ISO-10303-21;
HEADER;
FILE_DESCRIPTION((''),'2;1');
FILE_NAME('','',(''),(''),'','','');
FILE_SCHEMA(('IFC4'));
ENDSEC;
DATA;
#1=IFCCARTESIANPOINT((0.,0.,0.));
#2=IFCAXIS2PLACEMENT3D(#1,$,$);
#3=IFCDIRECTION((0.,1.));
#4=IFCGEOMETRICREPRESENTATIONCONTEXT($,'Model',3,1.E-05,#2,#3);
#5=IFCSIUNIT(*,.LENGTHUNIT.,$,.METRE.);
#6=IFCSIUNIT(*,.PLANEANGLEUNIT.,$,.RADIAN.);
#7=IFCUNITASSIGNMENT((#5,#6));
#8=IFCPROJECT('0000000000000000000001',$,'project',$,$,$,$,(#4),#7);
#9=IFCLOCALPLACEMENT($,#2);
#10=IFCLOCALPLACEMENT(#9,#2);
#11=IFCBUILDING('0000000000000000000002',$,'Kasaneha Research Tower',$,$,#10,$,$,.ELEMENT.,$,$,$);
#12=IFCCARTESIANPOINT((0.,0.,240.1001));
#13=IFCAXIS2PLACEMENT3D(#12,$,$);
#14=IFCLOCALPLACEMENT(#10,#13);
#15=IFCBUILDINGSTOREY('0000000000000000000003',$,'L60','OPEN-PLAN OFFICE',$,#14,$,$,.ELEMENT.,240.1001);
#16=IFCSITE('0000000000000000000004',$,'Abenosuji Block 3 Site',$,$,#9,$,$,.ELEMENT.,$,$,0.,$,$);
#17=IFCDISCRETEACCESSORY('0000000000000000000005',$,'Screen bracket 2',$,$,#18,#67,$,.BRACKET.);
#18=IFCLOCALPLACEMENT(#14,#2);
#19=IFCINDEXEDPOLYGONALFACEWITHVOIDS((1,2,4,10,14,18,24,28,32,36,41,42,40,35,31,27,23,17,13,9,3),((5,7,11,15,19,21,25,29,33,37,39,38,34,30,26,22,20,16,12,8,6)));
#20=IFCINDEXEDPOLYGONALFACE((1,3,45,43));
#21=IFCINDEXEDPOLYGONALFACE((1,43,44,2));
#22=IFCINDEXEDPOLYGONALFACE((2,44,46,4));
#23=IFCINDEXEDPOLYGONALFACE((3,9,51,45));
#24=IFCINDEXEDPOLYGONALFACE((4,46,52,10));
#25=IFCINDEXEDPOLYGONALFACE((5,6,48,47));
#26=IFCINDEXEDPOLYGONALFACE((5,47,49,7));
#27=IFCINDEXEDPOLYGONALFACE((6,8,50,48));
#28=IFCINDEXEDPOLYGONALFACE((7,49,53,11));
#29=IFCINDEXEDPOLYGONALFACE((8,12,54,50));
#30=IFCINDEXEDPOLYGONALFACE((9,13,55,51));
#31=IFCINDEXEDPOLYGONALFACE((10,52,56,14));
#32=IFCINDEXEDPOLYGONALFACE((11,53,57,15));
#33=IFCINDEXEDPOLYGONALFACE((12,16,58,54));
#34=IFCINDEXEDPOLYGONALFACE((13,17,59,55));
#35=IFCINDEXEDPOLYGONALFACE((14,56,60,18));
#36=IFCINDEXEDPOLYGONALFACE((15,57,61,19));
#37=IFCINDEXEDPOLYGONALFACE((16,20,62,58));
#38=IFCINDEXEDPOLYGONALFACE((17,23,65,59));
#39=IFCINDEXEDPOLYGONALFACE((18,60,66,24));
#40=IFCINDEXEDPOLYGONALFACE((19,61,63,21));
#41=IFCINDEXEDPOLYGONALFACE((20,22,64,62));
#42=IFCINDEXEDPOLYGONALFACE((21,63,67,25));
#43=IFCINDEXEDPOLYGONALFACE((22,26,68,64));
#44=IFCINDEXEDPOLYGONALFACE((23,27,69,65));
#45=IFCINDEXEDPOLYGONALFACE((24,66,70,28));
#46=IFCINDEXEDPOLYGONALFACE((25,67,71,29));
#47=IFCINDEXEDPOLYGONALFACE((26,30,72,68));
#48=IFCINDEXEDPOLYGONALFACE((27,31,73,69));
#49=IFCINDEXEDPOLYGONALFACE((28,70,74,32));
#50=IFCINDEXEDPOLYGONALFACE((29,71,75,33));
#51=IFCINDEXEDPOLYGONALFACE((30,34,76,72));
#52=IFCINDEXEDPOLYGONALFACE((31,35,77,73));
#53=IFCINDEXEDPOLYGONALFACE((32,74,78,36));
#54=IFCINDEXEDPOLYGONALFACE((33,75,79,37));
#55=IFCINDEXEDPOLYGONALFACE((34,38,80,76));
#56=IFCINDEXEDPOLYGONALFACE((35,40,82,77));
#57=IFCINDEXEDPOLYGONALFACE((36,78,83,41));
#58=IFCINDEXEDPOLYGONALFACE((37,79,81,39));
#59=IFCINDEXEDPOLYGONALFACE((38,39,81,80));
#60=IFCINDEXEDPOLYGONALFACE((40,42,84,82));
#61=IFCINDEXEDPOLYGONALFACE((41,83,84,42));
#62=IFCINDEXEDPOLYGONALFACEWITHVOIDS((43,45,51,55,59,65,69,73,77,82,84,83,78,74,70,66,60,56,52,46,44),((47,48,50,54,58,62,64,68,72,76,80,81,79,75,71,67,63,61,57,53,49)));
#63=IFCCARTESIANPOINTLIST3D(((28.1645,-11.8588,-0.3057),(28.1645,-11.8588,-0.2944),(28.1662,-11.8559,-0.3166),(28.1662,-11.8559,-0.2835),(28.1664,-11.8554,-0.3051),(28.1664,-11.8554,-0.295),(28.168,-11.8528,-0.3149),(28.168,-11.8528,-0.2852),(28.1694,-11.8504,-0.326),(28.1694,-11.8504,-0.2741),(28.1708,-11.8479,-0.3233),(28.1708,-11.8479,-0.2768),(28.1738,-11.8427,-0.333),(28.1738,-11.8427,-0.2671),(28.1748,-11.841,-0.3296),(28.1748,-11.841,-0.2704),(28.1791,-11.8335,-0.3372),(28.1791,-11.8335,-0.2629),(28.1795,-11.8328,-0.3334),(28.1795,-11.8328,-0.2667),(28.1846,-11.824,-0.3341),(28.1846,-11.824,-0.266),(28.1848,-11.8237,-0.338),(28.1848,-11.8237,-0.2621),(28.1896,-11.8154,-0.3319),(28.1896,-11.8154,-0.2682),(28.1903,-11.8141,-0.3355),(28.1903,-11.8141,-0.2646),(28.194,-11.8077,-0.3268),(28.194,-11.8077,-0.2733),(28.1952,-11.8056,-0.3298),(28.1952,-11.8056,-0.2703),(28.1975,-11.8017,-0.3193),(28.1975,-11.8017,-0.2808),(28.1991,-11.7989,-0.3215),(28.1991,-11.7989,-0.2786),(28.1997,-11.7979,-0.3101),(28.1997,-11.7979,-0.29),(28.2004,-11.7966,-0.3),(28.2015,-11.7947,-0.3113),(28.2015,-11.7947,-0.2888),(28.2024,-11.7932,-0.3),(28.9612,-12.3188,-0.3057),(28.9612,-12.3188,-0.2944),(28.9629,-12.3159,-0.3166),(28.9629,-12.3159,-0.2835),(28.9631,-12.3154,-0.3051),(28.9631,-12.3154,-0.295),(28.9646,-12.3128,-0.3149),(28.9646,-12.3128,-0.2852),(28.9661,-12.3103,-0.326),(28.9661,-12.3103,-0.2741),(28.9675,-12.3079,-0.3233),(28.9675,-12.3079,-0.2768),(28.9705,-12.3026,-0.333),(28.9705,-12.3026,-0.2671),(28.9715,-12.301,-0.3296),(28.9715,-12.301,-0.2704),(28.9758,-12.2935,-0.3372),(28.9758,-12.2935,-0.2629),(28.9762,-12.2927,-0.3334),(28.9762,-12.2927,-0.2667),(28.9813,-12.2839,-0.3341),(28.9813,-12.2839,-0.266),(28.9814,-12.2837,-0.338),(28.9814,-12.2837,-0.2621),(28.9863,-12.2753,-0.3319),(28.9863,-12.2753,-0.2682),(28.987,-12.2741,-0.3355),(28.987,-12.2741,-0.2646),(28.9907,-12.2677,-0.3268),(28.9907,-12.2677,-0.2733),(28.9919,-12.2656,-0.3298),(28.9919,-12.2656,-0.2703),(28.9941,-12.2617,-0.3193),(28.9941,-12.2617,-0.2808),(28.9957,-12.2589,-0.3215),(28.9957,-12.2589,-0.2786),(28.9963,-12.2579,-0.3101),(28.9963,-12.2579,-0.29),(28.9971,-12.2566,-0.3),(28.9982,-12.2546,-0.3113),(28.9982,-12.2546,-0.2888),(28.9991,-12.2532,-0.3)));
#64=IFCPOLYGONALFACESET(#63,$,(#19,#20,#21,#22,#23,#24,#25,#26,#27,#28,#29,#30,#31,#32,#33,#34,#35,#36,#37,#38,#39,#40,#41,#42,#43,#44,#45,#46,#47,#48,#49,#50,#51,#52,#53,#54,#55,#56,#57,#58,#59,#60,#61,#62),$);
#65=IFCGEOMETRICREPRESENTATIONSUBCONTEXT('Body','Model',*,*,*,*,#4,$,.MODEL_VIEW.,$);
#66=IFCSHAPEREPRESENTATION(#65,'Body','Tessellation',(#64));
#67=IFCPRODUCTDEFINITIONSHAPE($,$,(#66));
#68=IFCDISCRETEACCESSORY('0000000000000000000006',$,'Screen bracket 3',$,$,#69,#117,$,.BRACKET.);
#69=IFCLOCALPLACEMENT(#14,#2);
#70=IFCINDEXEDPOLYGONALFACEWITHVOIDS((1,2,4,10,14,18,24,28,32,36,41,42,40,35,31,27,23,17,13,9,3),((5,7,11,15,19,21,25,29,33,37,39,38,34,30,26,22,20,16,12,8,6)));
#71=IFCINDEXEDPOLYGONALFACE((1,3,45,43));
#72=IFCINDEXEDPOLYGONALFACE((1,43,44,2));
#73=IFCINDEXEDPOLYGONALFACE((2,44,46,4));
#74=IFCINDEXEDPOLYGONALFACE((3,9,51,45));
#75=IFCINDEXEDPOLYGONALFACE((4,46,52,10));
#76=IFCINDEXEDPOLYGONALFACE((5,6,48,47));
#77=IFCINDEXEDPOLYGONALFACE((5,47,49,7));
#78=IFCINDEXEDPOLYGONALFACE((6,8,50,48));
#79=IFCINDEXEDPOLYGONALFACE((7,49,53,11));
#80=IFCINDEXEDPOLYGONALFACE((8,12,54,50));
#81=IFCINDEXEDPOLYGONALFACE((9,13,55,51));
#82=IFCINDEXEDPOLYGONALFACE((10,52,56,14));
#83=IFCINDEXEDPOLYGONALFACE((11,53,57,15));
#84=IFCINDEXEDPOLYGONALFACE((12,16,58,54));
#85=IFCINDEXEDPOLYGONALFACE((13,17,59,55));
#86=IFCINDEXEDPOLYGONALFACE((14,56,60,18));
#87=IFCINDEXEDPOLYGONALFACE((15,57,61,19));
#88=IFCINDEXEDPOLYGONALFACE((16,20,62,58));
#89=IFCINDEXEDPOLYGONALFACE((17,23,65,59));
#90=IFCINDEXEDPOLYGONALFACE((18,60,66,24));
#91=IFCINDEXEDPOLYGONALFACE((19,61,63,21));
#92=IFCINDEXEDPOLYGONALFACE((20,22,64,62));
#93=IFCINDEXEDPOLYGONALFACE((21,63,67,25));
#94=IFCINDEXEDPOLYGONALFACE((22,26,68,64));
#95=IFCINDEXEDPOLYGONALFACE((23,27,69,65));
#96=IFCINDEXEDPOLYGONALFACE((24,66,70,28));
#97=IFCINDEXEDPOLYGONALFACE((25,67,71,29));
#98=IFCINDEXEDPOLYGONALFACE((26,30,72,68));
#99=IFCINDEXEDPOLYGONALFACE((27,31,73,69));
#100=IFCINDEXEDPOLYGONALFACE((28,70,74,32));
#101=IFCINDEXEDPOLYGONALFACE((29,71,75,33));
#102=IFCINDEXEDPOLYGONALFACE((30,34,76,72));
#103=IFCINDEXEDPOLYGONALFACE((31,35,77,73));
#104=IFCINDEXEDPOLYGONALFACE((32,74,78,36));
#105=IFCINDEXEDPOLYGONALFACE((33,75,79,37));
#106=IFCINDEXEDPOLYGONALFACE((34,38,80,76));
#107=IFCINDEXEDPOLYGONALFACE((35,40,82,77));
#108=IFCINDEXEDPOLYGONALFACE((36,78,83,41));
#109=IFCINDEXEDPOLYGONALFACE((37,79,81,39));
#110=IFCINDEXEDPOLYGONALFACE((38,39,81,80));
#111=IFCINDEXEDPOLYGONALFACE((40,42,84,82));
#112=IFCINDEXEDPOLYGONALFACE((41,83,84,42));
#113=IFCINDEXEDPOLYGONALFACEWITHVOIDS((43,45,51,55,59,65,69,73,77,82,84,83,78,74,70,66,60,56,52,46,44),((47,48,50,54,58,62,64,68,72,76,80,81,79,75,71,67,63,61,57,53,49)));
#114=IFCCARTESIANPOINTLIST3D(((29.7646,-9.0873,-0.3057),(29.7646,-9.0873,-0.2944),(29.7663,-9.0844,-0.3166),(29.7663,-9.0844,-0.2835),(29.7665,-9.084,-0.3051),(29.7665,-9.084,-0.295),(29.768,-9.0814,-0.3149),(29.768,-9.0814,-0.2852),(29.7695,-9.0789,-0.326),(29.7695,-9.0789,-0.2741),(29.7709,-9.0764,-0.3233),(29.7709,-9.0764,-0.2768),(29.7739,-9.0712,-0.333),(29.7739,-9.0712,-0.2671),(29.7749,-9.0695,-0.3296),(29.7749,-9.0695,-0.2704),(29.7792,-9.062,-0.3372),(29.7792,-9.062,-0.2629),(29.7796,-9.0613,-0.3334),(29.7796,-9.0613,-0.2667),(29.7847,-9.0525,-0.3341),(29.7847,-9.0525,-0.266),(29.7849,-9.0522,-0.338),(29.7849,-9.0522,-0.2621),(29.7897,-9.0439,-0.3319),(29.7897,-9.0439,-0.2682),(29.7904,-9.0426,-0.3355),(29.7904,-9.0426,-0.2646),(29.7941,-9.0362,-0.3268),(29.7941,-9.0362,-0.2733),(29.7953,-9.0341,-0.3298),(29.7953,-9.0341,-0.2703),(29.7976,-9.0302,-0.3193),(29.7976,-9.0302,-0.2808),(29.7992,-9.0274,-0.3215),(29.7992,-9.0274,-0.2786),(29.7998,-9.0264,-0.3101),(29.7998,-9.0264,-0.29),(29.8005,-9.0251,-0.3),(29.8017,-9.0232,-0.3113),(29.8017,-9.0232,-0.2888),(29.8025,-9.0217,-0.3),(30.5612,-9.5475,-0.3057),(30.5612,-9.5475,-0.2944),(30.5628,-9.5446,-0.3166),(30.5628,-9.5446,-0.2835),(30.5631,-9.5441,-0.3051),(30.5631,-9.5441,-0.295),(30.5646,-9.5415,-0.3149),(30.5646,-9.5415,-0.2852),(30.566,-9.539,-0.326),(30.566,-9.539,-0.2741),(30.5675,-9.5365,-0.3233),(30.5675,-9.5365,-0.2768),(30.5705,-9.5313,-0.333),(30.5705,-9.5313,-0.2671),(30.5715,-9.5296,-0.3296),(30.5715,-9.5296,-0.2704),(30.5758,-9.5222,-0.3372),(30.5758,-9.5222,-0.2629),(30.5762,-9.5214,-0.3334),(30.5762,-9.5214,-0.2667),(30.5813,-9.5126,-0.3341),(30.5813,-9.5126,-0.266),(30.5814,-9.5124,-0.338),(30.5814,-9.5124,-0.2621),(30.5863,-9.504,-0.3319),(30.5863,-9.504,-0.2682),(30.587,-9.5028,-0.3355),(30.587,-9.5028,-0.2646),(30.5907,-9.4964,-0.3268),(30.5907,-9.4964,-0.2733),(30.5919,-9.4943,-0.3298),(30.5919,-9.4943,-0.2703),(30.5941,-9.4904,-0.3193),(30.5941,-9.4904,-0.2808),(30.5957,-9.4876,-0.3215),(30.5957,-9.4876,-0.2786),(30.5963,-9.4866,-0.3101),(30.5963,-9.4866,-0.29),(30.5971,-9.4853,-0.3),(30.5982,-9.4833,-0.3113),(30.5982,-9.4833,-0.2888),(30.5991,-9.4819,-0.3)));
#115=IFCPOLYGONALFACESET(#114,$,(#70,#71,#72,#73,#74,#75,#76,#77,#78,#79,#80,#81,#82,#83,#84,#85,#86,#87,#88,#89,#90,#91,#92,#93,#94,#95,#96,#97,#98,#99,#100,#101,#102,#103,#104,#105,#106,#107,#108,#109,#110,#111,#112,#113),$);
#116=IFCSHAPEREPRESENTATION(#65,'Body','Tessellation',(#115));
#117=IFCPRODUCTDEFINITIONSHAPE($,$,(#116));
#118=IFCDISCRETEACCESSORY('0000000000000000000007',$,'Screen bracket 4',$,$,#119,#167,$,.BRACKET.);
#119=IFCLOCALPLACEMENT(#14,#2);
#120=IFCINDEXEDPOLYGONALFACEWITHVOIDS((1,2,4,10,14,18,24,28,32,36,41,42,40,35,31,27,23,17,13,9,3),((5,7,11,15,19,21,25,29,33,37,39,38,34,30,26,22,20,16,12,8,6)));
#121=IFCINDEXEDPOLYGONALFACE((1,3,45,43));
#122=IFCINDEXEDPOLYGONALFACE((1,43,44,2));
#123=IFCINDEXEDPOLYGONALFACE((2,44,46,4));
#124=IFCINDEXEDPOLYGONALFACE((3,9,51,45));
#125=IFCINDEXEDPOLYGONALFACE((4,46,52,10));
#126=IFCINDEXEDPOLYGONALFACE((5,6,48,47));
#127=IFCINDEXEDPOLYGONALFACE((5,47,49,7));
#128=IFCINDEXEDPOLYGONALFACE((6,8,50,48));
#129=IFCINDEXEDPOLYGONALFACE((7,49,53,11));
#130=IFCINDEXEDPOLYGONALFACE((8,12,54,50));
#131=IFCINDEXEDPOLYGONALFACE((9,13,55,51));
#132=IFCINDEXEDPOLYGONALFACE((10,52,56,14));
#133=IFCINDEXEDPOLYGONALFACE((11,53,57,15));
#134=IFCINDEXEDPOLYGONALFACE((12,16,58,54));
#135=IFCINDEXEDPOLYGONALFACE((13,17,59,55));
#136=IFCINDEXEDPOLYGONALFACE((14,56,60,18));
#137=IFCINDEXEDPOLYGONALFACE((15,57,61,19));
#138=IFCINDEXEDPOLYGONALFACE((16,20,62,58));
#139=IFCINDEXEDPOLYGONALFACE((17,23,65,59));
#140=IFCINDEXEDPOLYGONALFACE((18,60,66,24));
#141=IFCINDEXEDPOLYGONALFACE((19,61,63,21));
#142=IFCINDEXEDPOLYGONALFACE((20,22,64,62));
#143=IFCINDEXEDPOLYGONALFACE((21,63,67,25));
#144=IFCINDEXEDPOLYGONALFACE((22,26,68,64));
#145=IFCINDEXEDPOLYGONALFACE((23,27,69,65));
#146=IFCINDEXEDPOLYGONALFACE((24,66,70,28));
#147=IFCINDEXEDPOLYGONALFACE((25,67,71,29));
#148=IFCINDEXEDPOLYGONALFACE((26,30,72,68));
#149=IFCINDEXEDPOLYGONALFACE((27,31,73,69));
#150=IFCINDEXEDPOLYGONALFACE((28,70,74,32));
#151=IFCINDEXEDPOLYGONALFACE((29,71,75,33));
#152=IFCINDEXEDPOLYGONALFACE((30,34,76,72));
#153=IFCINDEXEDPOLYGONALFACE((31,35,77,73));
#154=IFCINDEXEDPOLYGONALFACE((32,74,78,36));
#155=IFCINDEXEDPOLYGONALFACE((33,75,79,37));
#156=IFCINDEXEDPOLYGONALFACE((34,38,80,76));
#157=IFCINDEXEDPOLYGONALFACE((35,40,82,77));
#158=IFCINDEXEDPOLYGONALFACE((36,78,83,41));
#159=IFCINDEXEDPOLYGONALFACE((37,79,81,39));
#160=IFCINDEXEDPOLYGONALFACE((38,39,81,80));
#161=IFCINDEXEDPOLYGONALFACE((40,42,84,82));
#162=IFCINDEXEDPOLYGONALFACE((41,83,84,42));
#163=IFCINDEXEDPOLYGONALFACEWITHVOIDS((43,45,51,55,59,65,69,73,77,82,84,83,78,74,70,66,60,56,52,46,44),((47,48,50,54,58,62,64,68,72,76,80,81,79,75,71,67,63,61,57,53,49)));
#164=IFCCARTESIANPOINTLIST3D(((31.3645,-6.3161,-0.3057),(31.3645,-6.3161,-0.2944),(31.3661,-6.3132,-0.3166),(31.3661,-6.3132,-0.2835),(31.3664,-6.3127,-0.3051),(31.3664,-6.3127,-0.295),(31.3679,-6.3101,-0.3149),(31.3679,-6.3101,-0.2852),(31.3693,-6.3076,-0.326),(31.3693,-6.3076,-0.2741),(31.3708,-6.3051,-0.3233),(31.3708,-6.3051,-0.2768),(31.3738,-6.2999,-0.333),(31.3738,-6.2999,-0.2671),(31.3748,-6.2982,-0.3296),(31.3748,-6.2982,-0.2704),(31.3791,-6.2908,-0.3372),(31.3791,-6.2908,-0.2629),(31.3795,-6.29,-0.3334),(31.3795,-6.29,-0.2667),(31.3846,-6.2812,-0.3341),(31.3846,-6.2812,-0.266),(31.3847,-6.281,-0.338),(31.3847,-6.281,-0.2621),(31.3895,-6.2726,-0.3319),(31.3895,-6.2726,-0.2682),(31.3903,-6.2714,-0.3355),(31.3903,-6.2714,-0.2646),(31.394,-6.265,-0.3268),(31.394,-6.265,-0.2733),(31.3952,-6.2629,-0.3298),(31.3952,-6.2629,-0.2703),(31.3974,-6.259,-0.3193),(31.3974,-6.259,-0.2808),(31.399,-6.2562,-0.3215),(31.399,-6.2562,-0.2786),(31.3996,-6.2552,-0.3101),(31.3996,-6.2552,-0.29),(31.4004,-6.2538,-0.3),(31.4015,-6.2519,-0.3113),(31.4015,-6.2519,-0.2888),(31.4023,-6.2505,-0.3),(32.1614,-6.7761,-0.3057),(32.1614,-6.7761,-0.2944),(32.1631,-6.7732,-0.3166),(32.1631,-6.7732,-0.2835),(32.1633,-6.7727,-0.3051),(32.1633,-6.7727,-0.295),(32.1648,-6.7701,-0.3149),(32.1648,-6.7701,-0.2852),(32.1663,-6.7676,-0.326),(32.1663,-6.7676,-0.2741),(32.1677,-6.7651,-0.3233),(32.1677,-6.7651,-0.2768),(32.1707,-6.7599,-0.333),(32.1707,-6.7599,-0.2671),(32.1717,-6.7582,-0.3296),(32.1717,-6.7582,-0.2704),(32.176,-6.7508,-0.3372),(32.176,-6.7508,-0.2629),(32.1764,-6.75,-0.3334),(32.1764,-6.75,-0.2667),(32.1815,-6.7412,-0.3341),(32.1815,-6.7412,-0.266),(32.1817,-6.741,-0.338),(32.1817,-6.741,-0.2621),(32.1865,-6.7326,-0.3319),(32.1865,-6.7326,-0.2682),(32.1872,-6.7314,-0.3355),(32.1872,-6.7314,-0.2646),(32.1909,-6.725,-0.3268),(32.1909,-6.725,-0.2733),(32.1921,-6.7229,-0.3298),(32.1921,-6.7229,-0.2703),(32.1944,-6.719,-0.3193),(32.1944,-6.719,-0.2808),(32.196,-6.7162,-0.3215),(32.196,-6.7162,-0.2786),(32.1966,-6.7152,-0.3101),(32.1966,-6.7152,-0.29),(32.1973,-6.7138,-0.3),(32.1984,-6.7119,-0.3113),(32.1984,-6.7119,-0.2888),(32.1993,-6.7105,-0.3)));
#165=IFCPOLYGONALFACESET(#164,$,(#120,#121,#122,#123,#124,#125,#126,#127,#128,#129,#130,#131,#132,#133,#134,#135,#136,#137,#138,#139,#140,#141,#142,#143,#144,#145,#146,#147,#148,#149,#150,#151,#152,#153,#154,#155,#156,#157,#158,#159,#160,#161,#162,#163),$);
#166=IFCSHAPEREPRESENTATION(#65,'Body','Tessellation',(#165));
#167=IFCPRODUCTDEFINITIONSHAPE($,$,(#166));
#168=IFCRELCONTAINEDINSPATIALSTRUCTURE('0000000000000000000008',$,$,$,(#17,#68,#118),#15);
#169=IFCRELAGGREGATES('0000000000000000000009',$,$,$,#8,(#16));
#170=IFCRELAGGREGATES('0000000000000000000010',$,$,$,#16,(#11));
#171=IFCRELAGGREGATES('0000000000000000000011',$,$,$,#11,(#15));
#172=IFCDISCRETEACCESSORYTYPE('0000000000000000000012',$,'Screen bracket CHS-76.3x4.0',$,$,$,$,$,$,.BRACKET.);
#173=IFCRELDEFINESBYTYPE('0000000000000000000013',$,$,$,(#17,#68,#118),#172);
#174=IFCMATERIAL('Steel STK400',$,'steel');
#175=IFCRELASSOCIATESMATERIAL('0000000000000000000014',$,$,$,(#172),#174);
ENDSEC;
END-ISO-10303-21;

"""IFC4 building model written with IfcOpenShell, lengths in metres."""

from ifc_helpers import new_model, si_unit, direction, frame, origin, origin_2d, place, context, subcontext, project, spatial, hollow_circle, extrude, material, material_profile, profile_set, type_object, element, save


model = new_model("IFC4")

# Units and contexts
model_context = context("Model", 3, precision=1e-05, world=origin(), true_north=direction((0.0, 1.0)))
body_context = subcontext(model_context, "Body", "Model", "MODEL_VIEW")
ifc_project = project(units=[si_unit("LENGTHUNIT", "METRE"), si_unit("PLANEANGLEUNIT", "RADIAN")], contexts=[model_context])

# Site, building, storey
site_placement = place(None, origin())
site = spatial("IfcSite", under=ifc_project, at=site_placement, Name="Abenosuji Block 3 Site", CompositionType="ELEMENT", RefElevation=0.0)
building_placement = place(site_placement, origin())
building = spatial("IfcBuilding", under=site, at=building_placement, Name="Kasaneha Research Tower", CompositionType="ELEMENT")
storey_placement = place(building_placement, frame((0.0, 0.0, 240.1001)))
storey = spatial("IfcBuildingStorey", under=building, at=storey_placement, Name="L60", Description="OPEN-PLAN OFFICE", CompositionType="ELEMENT", Elevation=240.1001)

# Discrete accessories
ifc_material_1 = material(Name="Steel STK400", Category="steel")
ifc_material_profile_1 = material_profile(ifc_material_1, hollow_circle(Radius=0.0381, WallThickness=0.0039, at=origin_2d()), Name="CHS-76.3x4.0")
ifc_profile_set_1 = profile_set([ifc_material_profile_1], Name="Steel STK400")
discrete_accessory_type = type_object("IfcDiscreteAccessoryType", Name="Screen bracket CHS-76.3x4.0", PredefinedType="BRACKET", material=ifc_profile_set_1)
for number, where, z_axis, x_axis, name in (
    (1, (28.1833, -11.8262, -0.3), (0.866013, -0.500021, 0.0), (0.500021, 0.866013, 0.0), "Screen bracket 2"),
    (2, (29.7834, -9.0547, -0.3), (0.865898, -0.50022, 0.0), (0.50022, 0.865898, 0.0), "Screen bracket 3"),
):
    element("IfcDiscreteAccessory", number, at=place(storey_placement, frame(where, z_axis=z_axis, x_axis=x_axis)), inside=storey, type_object=discrete_accessory_type, Name=name, PredefinedType="BRACKET", context=body_context, shape_type="SweptSolid", body=[
        extrude(hollow_circle(Radius=0.0381, WallThickness=0.0039, at=origin_2d()), origin(), (0.0, 0.0, 1.0), 0.9199),
    ])
discrete_accessory_1_placement = place(storey_placement, frame((31.3833, -6.2834, -0.3), z_axis=(0.86608, -0.499906, 0.0), x_axis=(0.499906, 0.86608, 0.0)))
element("IfcDiscreteAccessory", 3, at=discrete_accessory_1_placement, inside=storey, type_object=discrete_accessory_type, Name="Screen bracket 4", PredefinedType="BRACKET", context=body_context, shape_type="SweptSolid", body=[
    extrude(hollow_circle(Radius=0.0381, WallThickness=0.0039, at=origin_2d()), origin(), (0.0, 0.0, 1.0), 0.9202),
])

save(model, "model.ifc")
